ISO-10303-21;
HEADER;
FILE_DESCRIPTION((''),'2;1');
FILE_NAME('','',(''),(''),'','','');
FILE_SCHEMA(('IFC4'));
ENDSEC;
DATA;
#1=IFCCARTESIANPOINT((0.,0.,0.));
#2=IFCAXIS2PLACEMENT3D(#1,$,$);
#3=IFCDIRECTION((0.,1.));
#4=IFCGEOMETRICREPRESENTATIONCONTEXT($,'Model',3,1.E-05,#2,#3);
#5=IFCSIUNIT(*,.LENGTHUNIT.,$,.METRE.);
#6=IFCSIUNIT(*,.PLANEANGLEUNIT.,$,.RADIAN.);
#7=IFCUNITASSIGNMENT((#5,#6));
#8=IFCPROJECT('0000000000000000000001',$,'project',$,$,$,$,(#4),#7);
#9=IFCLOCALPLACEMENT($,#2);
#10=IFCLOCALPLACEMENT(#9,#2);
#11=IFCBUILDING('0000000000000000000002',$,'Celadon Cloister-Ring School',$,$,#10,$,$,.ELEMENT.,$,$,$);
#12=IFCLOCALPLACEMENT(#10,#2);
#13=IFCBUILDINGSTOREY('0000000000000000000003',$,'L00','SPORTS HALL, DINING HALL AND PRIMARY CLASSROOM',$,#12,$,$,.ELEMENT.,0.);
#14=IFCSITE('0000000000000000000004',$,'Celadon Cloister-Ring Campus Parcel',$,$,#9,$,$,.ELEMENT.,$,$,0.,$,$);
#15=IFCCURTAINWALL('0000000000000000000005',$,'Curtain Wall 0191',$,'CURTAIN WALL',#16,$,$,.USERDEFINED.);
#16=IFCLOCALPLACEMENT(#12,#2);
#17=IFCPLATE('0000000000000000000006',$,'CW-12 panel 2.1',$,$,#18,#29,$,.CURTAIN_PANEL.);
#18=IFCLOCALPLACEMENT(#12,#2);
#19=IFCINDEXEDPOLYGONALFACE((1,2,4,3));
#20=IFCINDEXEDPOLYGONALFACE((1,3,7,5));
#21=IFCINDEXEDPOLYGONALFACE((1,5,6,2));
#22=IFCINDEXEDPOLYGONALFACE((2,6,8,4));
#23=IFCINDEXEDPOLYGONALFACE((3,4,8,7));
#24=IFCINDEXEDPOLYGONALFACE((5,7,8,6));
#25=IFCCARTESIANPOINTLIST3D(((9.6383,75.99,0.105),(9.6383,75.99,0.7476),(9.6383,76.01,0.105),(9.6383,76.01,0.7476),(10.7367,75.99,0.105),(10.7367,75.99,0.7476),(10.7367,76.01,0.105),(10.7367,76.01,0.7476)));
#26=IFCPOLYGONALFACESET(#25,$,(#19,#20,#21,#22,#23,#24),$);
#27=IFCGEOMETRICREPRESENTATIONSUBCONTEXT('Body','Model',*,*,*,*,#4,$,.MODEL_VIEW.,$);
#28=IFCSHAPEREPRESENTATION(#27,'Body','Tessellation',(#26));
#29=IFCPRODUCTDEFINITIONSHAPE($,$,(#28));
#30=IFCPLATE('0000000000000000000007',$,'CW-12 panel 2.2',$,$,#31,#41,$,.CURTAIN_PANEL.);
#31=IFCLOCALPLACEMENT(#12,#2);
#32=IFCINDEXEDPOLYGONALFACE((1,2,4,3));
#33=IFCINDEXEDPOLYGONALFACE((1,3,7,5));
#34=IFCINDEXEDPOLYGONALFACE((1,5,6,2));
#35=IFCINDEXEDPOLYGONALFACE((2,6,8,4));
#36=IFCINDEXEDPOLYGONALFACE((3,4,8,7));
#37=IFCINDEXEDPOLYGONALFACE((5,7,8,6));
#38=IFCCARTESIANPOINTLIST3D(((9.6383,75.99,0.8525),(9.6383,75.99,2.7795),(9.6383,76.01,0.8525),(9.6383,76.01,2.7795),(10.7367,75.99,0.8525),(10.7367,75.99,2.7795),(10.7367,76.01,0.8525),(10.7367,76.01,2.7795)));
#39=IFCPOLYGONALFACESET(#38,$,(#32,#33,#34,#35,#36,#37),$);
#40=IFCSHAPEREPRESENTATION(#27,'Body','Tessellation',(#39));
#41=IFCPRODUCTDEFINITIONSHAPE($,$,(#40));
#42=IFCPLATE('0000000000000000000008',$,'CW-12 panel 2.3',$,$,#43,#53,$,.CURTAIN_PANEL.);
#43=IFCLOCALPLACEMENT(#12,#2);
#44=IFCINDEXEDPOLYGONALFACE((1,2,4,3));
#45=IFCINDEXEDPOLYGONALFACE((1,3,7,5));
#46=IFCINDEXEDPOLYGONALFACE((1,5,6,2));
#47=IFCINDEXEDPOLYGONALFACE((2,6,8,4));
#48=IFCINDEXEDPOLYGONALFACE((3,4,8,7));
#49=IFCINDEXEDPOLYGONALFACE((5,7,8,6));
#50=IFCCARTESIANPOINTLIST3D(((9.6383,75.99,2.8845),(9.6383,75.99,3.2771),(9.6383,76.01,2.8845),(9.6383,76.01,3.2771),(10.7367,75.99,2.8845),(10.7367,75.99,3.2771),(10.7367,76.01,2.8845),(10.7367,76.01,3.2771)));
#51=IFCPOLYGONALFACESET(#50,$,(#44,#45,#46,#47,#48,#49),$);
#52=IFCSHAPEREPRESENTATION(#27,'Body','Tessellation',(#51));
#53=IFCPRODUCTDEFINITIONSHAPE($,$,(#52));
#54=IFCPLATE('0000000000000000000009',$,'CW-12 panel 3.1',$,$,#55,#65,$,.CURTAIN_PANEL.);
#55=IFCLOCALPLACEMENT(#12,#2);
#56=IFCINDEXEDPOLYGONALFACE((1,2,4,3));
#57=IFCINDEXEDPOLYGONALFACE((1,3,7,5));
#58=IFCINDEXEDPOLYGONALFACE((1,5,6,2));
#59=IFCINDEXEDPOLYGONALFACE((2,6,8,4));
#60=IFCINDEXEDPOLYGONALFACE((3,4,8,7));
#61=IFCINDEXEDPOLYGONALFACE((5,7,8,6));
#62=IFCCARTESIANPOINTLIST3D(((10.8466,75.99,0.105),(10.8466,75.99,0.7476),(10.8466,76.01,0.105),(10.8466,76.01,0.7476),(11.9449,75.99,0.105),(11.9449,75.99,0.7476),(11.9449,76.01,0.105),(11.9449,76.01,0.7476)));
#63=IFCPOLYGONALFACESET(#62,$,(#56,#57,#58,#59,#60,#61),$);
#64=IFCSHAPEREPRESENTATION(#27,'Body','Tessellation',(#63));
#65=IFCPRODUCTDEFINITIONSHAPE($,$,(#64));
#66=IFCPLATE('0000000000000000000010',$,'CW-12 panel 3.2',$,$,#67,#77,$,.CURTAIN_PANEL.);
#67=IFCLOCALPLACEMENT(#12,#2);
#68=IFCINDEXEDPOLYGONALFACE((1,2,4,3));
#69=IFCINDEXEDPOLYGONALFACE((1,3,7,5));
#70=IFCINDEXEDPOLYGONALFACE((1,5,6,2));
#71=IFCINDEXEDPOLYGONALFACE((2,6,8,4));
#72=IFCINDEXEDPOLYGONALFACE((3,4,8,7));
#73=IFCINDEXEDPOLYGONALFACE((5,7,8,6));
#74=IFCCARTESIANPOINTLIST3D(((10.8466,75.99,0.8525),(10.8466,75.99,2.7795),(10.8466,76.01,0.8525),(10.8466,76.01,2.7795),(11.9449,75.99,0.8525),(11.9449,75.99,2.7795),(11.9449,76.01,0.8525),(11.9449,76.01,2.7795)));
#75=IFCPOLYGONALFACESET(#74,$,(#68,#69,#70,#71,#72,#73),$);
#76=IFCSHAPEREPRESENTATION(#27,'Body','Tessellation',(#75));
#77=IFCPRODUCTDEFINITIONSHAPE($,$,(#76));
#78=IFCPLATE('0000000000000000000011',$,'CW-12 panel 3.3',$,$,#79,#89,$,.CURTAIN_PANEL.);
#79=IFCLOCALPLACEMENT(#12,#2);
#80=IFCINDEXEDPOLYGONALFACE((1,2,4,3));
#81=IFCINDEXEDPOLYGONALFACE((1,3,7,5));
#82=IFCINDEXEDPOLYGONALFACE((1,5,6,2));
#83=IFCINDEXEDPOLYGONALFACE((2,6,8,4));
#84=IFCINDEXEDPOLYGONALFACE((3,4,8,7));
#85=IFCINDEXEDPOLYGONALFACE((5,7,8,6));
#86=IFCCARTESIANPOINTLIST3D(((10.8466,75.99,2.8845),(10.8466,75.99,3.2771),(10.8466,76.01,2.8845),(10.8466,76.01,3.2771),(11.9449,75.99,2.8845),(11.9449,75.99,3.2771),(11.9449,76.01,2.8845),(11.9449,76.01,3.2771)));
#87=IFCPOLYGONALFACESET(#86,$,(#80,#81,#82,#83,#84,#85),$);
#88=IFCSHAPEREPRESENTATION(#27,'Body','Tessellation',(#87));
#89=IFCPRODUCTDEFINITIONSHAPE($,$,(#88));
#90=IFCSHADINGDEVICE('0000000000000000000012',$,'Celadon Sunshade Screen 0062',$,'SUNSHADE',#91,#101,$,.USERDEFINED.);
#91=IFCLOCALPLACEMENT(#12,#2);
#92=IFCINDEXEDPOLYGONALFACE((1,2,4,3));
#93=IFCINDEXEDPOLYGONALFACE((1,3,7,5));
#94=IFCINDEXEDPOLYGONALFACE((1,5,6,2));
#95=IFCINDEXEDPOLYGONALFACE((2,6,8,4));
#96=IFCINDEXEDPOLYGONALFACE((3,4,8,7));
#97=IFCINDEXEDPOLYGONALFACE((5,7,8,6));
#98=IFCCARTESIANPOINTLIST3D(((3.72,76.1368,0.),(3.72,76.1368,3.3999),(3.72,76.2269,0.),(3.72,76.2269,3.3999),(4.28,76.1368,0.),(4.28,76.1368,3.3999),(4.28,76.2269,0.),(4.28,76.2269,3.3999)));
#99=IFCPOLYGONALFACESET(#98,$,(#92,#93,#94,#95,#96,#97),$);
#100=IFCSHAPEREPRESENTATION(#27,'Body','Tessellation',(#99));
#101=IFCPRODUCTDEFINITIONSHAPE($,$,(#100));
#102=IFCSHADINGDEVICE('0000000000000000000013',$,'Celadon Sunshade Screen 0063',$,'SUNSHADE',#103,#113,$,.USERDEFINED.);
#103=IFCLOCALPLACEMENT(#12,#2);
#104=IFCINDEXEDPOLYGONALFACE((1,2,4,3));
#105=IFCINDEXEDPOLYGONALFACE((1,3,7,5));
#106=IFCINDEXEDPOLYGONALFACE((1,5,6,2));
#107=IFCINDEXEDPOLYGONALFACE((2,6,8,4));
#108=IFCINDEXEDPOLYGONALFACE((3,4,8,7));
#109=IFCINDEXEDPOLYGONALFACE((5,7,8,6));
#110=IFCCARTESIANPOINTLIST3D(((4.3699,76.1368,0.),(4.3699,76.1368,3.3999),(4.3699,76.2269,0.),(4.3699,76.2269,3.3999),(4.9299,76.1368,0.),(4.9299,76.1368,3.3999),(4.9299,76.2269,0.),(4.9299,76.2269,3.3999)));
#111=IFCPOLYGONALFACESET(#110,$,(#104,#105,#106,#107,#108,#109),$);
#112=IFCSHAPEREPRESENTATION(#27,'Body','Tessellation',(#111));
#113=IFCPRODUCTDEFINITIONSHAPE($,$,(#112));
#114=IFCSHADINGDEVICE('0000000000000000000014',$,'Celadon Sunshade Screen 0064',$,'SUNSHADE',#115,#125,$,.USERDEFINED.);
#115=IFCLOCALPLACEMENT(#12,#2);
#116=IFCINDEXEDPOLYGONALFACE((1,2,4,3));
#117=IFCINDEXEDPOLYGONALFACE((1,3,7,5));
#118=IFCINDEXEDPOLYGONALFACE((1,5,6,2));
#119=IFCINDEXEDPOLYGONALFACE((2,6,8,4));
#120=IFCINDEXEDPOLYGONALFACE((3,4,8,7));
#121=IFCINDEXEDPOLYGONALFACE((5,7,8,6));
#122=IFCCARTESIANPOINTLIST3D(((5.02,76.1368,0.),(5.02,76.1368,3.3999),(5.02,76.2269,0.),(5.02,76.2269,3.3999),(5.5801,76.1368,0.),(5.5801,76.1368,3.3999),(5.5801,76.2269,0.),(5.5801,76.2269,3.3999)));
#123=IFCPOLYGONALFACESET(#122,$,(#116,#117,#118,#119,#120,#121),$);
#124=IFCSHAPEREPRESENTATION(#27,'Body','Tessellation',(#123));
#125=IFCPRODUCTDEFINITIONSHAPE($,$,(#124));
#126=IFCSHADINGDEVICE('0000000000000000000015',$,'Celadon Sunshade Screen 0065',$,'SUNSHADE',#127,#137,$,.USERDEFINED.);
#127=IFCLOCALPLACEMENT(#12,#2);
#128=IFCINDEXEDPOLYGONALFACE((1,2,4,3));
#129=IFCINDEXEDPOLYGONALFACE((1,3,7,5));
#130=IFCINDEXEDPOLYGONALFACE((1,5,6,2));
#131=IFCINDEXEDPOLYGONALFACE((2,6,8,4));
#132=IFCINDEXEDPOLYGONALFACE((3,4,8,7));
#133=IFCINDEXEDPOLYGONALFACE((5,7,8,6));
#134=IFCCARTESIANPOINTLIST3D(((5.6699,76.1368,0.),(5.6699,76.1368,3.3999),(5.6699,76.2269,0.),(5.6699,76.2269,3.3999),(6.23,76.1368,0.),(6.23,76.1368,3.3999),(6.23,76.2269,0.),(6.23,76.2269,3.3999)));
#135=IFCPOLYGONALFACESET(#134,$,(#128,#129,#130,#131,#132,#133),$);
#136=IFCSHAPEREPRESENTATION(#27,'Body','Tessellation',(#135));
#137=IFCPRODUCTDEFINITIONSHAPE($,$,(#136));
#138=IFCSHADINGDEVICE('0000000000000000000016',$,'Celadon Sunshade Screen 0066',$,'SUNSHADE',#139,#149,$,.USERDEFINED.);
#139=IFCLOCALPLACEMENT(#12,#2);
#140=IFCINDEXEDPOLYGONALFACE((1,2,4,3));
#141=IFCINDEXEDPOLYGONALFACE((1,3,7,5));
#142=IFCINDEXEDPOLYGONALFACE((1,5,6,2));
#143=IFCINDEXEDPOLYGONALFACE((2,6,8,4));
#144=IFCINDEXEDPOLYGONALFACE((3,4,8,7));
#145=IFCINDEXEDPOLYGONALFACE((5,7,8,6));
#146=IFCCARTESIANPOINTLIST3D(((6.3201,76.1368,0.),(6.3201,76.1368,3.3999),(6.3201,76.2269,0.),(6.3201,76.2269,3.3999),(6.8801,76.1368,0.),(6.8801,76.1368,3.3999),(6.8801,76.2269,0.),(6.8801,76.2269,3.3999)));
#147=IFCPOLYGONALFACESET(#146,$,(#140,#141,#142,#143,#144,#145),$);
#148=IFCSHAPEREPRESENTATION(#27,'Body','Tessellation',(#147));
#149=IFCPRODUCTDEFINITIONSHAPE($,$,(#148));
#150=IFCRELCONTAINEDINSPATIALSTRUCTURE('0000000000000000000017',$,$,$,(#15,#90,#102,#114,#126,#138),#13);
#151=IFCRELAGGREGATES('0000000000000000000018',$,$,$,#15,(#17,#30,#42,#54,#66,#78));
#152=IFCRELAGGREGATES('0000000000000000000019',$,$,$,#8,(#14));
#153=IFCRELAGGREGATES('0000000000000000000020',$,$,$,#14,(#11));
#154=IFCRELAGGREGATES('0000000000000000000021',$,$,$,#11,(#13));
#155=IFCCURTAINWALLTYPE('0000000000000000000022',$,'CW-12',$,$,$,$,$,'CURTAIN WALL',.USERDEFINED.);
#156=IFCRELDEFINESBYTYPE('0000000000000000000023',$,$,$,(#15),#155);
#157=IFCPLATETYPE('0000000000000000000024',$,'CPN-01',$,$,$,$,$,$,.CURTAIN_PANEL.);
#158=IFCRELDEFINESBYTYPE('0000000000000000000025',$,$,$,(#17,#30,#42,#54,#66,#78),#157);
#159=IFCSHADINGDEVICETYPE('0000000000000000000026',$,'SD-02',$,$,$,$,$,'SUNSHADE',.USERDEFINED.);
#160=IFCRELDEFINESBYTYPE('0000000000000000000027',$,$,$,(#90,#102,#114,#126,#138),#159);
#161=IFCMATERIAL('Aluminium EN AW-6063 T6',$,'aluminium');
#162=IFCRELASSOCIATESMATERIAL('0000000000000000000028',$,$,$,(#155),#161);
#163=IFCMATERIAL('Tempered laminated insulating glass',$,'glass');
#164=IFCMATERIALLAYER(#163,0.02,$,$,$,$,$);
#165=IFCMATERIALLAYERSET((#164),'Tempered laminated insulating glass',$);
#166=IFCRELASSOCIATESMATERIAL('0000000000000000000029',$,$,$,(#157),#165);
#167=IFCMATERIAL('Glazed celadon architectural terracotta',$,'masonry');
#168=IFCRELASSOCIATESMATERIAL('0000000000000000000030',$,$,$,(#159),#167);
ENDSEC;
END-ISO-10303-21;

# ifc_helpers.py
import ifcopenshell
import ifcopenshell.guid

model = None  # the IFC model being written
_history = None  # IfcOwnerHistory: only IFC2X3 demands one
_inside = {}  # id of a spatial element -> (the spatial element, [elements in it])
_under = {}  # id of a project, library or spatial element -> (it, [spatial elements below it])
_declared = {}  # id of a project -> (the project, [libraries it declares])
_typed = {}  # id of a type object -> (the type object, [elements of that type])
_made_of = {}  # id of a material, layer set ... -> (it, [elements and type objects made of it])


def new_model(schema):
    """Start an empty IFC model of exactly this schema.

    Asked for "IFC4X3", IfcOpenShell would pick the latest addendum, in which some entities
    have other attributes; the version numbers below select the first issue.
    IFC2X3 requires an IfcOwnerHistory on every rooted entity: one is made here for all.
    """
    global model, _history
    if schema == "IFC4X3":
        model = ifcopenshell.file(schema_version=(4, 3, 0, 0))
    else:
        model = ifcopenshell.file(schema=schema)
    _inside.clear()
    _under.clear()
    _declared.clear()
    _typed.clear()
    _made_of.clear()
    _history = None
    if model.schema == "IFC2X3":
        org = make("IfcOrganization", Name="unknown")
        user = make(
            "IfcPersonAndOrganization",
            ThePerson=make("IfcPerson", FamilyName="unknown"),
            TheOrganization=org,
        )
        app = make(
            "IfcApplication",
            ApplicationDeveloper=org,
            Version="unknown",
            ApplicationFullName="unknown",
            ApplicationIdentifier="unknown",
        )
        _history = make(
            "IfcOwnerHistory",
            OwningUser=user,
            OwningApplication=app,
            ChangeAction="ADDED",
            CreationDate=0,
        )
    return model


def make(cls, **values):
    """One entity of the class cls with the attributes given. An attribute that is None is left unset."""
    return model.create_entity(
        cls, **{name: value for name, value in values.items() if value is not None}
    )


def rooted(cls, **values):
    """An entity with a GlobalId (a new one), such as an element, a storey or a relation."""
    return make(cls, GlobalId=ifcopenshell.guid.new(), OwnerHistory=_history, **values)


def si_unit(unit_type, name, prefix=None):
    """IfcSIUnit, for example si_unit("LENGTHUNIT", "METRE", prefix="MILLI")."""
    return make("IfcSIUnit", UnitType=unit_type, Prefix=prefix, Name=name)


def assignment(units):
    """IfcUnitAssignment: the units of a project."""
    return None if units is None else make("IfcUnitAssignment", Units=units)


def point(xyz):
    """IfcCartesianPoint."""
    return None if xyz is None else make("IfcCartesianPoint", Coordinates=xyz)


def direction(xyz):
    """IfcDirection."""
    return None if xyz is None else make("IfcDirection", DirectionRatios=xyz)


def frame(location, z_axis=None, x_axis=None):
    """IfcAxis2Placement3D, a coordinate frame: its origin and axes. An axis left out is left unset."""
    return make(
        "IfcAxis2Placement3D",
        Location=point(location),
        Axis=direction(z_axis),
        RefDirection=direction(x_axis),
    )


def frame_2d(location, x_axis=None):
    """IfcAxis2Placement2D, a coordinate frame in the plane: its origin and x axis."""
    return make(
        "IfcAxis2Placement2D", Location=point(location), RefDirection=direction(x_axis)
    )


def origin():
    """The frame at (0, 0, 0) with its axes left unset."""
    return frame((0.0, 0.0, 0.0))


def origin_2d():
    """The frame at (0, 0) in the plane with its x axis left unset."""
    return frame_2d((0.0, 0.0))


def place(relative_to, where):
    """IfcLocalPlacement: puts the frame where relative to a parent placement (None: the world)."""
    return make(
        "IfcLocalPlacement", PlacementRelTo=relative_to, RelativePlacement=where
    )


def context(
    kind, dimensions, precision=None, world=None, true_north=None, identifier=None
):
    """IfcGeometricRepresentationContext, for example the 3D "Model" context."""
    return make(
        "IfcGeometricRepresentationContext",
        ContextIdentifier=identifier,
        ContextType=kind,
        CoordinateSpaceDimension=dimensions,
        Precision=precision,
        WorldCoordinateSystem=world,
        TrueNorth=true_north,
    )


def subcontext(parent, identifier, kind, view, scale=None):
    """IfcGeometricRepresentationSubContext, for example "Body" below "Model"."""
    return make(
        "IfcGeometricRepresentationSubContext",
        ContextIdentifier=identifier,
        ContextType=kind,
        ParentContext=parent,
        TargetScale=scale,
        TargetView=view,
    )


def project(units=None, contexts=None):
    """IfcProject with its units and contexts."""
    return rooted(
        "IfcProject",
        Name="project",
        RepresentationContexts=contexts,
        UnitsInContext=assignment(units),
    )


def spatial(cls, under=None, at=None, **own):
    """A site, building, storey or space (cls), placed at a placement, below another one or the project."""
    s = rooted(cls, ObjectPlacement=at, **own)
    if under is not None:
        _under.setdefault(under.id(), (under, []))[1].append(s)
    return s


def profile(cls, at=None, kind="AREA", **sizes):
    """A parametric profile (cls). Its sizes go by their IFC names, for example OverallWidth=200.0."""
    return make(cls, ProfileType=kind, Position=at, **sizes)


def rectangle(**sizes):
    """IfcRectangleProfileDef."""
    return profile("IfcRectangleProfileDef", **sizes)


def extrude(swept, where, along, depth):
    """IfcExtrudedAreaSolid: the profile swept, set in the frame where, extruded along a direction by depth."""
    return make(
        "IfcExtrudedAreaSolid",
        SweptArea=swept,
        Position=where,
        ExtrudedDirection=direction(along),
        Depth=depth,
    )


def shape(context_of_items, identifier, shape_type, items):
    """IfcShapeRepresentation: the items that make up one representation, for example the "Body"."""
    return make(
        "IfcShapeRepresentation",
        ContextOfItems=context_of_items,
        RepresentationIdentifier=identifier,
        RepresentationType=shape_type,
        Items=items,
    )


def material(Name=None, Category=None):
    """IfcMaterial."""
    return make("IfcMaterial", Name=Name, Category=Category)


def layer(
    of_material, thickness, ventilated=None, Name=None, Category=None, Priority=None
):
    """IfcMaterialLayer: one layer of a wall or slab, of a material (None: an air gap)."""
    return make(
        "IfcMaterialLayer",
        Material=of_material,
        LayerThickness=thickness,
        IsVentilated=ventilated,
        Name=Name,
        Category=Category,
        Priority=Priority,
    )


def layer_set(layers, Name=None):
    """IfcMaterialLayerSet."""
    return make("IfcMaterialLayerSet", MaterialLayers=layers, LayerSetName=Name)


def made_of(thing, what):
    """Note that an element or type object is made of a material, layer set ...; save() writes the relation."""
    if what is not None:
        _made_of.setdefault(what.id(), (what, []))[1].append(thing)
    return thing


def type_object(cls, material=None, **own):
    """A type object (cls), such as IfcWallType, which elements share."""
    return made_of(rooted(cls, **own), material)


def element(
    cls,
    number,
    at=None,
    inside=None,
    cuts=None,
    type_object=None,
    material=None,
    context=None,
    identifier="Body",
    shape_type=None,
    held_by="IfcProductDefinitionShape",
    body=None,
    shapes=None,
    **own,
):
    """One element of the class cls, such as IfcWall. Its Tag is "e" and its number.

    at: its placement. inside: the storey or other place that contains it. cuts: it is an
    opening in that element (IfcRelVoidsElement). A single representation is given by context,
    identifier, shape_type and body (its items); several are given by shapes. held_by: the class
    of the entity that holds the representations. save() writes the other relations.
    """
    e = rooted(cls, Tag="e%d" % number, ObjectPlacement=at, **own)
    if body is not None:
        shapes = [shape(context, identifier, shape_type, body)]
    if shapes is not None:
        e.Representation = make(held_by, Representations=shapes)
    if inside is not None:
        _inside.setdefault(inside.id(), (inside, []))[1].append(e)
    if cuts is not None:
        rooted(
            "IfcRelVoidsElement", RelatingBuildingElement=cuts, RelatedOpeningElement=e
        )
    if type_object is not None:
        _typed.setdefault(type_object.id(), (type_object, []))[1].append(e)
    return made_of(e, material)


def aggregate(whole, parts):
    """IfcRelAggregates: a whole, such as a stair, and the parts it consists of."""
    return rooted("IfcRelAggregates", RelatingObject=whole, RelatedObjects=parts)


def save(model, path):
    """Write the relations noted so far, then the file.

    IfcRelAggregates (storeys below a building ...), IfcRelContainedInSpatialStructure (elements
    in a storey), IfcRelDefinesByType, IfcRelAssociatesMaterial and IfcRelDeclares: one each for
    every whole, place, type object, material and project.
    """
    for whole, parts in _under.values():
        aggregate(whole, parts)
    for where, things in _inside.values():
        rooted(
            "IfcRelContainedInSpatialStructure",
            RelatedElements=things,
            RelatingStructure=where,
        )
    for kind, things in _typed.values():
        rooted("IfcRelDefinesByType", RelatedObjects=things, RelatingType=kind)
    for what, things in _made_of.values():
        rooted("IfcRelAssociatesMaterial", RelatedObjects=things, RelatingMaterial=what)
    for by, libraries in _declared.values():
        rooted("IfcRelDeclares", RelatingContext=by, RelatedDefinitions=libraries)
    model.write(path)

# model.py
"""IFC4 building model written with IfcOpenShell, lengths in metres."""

from ifc_helpers import new_model, si_unit, direction, frame, origin, origin_2d, place, context, subcontext, project, spatial, rectangle, extrude, material, layer, layer_set, type_object, element, aggregate, save


model = new_model("IFC4")

# Units and contexts
model_context = context("Model", 3, precision=1e-05, world=origin(), true_north=direction((0.0, 1.0)))
body_context = subcontext(model_context, "Body", "Model", "MODEL_VIEW")
ifc_project = project(units=[si_unit("LENGTHUNIT", "METRE"), si_unit("PLANEANGLEUNIT", "RADIAN")], contexts=[model_context])

# Site, building, storey
site_placement = place(None, origin())
site = spatial("IfcSite", under=ifc_project, at=site_placement, Name="Celadon Cloister-Ring Campus Parcel", CompositionType="ELEMENT", RefElevation=0.0)
building_placement = place(site_placement, origin())
building = spatial("IfcBuilding", under=site, at=building_placement, Name="Celadon Cloister-Ring School", CompositionType="ELEMENT")
storey_placement = place(building_placement, origin())
storey = spatial("IfcBuildingStorey", under=building, at=storey_placement, Name="L00", Description="SPORTS HALL, DINING HALL AND PRIMARY CLASSROOM", CompositionType="ELEMENT", Elevation=0.0)

# Curtain wall
ifc_material_1 = material(Name="Aluminium EN AW-6063 T6", Category="aluminium")
curtain_wall_type = type_object("IfcCurtainWallType", Name="CW-12", ElementType="CURTAIN WALL", PredefinedType="USERDEFINED", material=ifc_material_1)
curtain_wall_placement = place(storey_placement, origin())
curtain_wall = element("IfcCurtainWall", 1, at=curtain_wall_placement, inside=storey, type_object=curtain_wall_type, Name="Curtain Wall 0191", ObjectType="CURTAIN WALL", PredefinedType="USERDEFINED")

# Plates
ifc_material_2 = material(Name="Tempered laminated insulating glass", Category="glass")
ifc_layer = layer(ifc_material_2, 0.02)
ifc_layer_set = layer_set([ifc_layer], Name="Tempered laminated insulating glass")
plate_type = type_object("IfcPlateType", Name="CPN-01", PredefinedType="CURTAIN_PANEL", material=ifc_layer_set)
plate_1_placement = place(storey_placement, frame((10.1875, 76.0, 0.105), z_axis=(0.0, 0.0, 1.0), x_axis=(1.0, 0.0, 0.0)))
plate_1 = element("IfcPlate", 2, at=plate_1_placement, type_object=plate_type, Name="CW-12 panel 2.1", PredefinedType="CURTAIN_PANEL", context=body_context, shape_type="SweptSolid", body=[
    extrude(rectangle(XDim=1.0984, YDim=0.02, at=origin_2d()), origin(), (0.0, 0.0, 1.0), 0.6426),
])
plate_2_placement = place(storey_placement, frame((10.1875, 76.0, 0.8525), z_axis=(0.0, 0.0, 1.0), x_axis=(1.0, 0.0, 0.0)))
plate_2 = element("IfcPlate", 3, at=plate_2_placement, type_object=plate_type, Name="CW-12 panel 2.2", PredefinedType="CURTAIN_PANEL", context=body_context, shape_type="SweptSolid", body=[
    extrude(rectangle(XDim=1.0984, YDim=0.02, at=origin_2d()), origin(), (0.0, 0.0, 1.0), 1.927),
])
plate_3_placement = place(storey_placement, frame((10.1875, 76.0, 2.8845), z_axis=(0.0, 0.0, 1.0), x_axis=(1.0, 0.0, 0.0)))
plate_3 = element("IfcPlate", 4, at=plate_3_placement, type_object=plate_type, Name="CW-12 panel 2.3", PredefinedType="CURTAIN_PANEL", context=body_context, shape_type="SweptSolid", body=[
    extrude(rectangle(XDim=1.0984, YDim=0.02, at=origin_2d()), origin(), (0.0, 0.0, 1.0), 0.3926),
])
plate_4_placement = place(storey_placement, frame((11.3958, 76.0, 0.105), z_axis=(0.0, 0.0, 1.0), x_axis=(1.0, 0.0, 0.0)))
plate_4 = element("IfcPlate", 5, at=plate_4_placement, type_object=plate_type, Name="CW-12 panel 3.1", PredefinedType="CURTAIN_PANEL", context=body_context, shape_type="SweptSolid", body=[
    extrude(rectangle(XDim=1.0984, YDim=0.02, at=origin_2d()), origin(), (0.0, 0.0, 1.0), 0.6426),
])
plate_5_placement = place(storey_placement, frame((11.3958, 76.0, 0.8525), z_axis=(0.0, 0.0, 1.0), x_axis=(1.0, 0.0, 0.0)))
plate_5 = element("IfcPlate", 6, at=plate_5_placement, type_object=plate_type, Name="CW-12 panel 3.2", PredefinedType="CURTAIN_PANEL", context=body_context, shape_type="SweptSolid", body=[
    extrude(rectangle(XDim=1.0984, YDim=0.02, at=origin_2d()), origin(), (0.0, 0.0, 1.0), 1.927),
])
plate_6_placement = place(storey_placement, frame((11.3958, 76.0, 2.8845), z_axis=(0.0, 0.0, 1.0), x_axis=(1.0, 0.0, 0.0)))
plate_6 = element("IfcPlate", 7, at=plate_6_placement, type_object=plate_type, Name="CW-12 panel 3.3", PredefinedType="CURTAIN_PANEL", context=body_context, shape_type="SweptSolid", body=[
    extrude(rectangle(XDim=1.0984, YDim=0.02, at=origin_2d()), origin(), (0.0, 0.0, 1.0), 0.3926),
])
aggregate(curtain_wall, [plate_1, plate_2, plate_3, plate_4, plate_5, plate_6])

# Shading devices
ifc_material_3 = material(Name="Glazed celadon architectural terracotta", Category="masonry")
shading_device_type = type_object("IfcShadingDeviceType", Name="SD-02", ElementType="SUNSHADE", PredefinedType="USERDEFINED", material=ifc_material_3)
for number, where, z_axis, x_axis, name in (
    (8, (4.0, 76.1819, 0.0), (0.0, 0.0, 1.0), (1.0, 0.0, 0.0), "Celadon Sunshade Screen 0062"),
    (9, (4.6499, 76.1819, 0.0), (0.0, 0.0, 1.0), (1.0, 0.0, 0.0), "Celadon Sunshade Screen 0063"),
    (10, (5.3, 76.1819, 0.0), (0.0, 0.0, 1.0), (1.0, 0.0, 0.0), "Celadon Sunshade Screen 0064"),
    (11, (5.95, 76.1819, 0.0), (0.0, 0.0, 1.0), (1.0, 0.0, 0.0), "Celadon Sunshade Screen 0065"),
    (12, (6.6001, 76.1819, 0.0), (0.0, 0.0, 1.0), (1.0, 0.0, 0.0), "Celadon Sunshade Screen 0066"),
):
    element("IfcShadingDevice", number, at=place(storey_placement, frame(where, z_axis=z_axis, x_axis=x_axis)), inside=storey, type_object=shading_device_type, Name=name, ObjectType="SUNSHADE", PredefinedType="USERDEFINED", context=body_context, shape_type="SweptSolid", body=[
        extrude(rectangle(XDim=0.5601, YDim=0.0901, at=origin_2d()), origin(), (0.0, 0.0, 1.0), 3.3999),
    ])

save(model, "model.ifc")
